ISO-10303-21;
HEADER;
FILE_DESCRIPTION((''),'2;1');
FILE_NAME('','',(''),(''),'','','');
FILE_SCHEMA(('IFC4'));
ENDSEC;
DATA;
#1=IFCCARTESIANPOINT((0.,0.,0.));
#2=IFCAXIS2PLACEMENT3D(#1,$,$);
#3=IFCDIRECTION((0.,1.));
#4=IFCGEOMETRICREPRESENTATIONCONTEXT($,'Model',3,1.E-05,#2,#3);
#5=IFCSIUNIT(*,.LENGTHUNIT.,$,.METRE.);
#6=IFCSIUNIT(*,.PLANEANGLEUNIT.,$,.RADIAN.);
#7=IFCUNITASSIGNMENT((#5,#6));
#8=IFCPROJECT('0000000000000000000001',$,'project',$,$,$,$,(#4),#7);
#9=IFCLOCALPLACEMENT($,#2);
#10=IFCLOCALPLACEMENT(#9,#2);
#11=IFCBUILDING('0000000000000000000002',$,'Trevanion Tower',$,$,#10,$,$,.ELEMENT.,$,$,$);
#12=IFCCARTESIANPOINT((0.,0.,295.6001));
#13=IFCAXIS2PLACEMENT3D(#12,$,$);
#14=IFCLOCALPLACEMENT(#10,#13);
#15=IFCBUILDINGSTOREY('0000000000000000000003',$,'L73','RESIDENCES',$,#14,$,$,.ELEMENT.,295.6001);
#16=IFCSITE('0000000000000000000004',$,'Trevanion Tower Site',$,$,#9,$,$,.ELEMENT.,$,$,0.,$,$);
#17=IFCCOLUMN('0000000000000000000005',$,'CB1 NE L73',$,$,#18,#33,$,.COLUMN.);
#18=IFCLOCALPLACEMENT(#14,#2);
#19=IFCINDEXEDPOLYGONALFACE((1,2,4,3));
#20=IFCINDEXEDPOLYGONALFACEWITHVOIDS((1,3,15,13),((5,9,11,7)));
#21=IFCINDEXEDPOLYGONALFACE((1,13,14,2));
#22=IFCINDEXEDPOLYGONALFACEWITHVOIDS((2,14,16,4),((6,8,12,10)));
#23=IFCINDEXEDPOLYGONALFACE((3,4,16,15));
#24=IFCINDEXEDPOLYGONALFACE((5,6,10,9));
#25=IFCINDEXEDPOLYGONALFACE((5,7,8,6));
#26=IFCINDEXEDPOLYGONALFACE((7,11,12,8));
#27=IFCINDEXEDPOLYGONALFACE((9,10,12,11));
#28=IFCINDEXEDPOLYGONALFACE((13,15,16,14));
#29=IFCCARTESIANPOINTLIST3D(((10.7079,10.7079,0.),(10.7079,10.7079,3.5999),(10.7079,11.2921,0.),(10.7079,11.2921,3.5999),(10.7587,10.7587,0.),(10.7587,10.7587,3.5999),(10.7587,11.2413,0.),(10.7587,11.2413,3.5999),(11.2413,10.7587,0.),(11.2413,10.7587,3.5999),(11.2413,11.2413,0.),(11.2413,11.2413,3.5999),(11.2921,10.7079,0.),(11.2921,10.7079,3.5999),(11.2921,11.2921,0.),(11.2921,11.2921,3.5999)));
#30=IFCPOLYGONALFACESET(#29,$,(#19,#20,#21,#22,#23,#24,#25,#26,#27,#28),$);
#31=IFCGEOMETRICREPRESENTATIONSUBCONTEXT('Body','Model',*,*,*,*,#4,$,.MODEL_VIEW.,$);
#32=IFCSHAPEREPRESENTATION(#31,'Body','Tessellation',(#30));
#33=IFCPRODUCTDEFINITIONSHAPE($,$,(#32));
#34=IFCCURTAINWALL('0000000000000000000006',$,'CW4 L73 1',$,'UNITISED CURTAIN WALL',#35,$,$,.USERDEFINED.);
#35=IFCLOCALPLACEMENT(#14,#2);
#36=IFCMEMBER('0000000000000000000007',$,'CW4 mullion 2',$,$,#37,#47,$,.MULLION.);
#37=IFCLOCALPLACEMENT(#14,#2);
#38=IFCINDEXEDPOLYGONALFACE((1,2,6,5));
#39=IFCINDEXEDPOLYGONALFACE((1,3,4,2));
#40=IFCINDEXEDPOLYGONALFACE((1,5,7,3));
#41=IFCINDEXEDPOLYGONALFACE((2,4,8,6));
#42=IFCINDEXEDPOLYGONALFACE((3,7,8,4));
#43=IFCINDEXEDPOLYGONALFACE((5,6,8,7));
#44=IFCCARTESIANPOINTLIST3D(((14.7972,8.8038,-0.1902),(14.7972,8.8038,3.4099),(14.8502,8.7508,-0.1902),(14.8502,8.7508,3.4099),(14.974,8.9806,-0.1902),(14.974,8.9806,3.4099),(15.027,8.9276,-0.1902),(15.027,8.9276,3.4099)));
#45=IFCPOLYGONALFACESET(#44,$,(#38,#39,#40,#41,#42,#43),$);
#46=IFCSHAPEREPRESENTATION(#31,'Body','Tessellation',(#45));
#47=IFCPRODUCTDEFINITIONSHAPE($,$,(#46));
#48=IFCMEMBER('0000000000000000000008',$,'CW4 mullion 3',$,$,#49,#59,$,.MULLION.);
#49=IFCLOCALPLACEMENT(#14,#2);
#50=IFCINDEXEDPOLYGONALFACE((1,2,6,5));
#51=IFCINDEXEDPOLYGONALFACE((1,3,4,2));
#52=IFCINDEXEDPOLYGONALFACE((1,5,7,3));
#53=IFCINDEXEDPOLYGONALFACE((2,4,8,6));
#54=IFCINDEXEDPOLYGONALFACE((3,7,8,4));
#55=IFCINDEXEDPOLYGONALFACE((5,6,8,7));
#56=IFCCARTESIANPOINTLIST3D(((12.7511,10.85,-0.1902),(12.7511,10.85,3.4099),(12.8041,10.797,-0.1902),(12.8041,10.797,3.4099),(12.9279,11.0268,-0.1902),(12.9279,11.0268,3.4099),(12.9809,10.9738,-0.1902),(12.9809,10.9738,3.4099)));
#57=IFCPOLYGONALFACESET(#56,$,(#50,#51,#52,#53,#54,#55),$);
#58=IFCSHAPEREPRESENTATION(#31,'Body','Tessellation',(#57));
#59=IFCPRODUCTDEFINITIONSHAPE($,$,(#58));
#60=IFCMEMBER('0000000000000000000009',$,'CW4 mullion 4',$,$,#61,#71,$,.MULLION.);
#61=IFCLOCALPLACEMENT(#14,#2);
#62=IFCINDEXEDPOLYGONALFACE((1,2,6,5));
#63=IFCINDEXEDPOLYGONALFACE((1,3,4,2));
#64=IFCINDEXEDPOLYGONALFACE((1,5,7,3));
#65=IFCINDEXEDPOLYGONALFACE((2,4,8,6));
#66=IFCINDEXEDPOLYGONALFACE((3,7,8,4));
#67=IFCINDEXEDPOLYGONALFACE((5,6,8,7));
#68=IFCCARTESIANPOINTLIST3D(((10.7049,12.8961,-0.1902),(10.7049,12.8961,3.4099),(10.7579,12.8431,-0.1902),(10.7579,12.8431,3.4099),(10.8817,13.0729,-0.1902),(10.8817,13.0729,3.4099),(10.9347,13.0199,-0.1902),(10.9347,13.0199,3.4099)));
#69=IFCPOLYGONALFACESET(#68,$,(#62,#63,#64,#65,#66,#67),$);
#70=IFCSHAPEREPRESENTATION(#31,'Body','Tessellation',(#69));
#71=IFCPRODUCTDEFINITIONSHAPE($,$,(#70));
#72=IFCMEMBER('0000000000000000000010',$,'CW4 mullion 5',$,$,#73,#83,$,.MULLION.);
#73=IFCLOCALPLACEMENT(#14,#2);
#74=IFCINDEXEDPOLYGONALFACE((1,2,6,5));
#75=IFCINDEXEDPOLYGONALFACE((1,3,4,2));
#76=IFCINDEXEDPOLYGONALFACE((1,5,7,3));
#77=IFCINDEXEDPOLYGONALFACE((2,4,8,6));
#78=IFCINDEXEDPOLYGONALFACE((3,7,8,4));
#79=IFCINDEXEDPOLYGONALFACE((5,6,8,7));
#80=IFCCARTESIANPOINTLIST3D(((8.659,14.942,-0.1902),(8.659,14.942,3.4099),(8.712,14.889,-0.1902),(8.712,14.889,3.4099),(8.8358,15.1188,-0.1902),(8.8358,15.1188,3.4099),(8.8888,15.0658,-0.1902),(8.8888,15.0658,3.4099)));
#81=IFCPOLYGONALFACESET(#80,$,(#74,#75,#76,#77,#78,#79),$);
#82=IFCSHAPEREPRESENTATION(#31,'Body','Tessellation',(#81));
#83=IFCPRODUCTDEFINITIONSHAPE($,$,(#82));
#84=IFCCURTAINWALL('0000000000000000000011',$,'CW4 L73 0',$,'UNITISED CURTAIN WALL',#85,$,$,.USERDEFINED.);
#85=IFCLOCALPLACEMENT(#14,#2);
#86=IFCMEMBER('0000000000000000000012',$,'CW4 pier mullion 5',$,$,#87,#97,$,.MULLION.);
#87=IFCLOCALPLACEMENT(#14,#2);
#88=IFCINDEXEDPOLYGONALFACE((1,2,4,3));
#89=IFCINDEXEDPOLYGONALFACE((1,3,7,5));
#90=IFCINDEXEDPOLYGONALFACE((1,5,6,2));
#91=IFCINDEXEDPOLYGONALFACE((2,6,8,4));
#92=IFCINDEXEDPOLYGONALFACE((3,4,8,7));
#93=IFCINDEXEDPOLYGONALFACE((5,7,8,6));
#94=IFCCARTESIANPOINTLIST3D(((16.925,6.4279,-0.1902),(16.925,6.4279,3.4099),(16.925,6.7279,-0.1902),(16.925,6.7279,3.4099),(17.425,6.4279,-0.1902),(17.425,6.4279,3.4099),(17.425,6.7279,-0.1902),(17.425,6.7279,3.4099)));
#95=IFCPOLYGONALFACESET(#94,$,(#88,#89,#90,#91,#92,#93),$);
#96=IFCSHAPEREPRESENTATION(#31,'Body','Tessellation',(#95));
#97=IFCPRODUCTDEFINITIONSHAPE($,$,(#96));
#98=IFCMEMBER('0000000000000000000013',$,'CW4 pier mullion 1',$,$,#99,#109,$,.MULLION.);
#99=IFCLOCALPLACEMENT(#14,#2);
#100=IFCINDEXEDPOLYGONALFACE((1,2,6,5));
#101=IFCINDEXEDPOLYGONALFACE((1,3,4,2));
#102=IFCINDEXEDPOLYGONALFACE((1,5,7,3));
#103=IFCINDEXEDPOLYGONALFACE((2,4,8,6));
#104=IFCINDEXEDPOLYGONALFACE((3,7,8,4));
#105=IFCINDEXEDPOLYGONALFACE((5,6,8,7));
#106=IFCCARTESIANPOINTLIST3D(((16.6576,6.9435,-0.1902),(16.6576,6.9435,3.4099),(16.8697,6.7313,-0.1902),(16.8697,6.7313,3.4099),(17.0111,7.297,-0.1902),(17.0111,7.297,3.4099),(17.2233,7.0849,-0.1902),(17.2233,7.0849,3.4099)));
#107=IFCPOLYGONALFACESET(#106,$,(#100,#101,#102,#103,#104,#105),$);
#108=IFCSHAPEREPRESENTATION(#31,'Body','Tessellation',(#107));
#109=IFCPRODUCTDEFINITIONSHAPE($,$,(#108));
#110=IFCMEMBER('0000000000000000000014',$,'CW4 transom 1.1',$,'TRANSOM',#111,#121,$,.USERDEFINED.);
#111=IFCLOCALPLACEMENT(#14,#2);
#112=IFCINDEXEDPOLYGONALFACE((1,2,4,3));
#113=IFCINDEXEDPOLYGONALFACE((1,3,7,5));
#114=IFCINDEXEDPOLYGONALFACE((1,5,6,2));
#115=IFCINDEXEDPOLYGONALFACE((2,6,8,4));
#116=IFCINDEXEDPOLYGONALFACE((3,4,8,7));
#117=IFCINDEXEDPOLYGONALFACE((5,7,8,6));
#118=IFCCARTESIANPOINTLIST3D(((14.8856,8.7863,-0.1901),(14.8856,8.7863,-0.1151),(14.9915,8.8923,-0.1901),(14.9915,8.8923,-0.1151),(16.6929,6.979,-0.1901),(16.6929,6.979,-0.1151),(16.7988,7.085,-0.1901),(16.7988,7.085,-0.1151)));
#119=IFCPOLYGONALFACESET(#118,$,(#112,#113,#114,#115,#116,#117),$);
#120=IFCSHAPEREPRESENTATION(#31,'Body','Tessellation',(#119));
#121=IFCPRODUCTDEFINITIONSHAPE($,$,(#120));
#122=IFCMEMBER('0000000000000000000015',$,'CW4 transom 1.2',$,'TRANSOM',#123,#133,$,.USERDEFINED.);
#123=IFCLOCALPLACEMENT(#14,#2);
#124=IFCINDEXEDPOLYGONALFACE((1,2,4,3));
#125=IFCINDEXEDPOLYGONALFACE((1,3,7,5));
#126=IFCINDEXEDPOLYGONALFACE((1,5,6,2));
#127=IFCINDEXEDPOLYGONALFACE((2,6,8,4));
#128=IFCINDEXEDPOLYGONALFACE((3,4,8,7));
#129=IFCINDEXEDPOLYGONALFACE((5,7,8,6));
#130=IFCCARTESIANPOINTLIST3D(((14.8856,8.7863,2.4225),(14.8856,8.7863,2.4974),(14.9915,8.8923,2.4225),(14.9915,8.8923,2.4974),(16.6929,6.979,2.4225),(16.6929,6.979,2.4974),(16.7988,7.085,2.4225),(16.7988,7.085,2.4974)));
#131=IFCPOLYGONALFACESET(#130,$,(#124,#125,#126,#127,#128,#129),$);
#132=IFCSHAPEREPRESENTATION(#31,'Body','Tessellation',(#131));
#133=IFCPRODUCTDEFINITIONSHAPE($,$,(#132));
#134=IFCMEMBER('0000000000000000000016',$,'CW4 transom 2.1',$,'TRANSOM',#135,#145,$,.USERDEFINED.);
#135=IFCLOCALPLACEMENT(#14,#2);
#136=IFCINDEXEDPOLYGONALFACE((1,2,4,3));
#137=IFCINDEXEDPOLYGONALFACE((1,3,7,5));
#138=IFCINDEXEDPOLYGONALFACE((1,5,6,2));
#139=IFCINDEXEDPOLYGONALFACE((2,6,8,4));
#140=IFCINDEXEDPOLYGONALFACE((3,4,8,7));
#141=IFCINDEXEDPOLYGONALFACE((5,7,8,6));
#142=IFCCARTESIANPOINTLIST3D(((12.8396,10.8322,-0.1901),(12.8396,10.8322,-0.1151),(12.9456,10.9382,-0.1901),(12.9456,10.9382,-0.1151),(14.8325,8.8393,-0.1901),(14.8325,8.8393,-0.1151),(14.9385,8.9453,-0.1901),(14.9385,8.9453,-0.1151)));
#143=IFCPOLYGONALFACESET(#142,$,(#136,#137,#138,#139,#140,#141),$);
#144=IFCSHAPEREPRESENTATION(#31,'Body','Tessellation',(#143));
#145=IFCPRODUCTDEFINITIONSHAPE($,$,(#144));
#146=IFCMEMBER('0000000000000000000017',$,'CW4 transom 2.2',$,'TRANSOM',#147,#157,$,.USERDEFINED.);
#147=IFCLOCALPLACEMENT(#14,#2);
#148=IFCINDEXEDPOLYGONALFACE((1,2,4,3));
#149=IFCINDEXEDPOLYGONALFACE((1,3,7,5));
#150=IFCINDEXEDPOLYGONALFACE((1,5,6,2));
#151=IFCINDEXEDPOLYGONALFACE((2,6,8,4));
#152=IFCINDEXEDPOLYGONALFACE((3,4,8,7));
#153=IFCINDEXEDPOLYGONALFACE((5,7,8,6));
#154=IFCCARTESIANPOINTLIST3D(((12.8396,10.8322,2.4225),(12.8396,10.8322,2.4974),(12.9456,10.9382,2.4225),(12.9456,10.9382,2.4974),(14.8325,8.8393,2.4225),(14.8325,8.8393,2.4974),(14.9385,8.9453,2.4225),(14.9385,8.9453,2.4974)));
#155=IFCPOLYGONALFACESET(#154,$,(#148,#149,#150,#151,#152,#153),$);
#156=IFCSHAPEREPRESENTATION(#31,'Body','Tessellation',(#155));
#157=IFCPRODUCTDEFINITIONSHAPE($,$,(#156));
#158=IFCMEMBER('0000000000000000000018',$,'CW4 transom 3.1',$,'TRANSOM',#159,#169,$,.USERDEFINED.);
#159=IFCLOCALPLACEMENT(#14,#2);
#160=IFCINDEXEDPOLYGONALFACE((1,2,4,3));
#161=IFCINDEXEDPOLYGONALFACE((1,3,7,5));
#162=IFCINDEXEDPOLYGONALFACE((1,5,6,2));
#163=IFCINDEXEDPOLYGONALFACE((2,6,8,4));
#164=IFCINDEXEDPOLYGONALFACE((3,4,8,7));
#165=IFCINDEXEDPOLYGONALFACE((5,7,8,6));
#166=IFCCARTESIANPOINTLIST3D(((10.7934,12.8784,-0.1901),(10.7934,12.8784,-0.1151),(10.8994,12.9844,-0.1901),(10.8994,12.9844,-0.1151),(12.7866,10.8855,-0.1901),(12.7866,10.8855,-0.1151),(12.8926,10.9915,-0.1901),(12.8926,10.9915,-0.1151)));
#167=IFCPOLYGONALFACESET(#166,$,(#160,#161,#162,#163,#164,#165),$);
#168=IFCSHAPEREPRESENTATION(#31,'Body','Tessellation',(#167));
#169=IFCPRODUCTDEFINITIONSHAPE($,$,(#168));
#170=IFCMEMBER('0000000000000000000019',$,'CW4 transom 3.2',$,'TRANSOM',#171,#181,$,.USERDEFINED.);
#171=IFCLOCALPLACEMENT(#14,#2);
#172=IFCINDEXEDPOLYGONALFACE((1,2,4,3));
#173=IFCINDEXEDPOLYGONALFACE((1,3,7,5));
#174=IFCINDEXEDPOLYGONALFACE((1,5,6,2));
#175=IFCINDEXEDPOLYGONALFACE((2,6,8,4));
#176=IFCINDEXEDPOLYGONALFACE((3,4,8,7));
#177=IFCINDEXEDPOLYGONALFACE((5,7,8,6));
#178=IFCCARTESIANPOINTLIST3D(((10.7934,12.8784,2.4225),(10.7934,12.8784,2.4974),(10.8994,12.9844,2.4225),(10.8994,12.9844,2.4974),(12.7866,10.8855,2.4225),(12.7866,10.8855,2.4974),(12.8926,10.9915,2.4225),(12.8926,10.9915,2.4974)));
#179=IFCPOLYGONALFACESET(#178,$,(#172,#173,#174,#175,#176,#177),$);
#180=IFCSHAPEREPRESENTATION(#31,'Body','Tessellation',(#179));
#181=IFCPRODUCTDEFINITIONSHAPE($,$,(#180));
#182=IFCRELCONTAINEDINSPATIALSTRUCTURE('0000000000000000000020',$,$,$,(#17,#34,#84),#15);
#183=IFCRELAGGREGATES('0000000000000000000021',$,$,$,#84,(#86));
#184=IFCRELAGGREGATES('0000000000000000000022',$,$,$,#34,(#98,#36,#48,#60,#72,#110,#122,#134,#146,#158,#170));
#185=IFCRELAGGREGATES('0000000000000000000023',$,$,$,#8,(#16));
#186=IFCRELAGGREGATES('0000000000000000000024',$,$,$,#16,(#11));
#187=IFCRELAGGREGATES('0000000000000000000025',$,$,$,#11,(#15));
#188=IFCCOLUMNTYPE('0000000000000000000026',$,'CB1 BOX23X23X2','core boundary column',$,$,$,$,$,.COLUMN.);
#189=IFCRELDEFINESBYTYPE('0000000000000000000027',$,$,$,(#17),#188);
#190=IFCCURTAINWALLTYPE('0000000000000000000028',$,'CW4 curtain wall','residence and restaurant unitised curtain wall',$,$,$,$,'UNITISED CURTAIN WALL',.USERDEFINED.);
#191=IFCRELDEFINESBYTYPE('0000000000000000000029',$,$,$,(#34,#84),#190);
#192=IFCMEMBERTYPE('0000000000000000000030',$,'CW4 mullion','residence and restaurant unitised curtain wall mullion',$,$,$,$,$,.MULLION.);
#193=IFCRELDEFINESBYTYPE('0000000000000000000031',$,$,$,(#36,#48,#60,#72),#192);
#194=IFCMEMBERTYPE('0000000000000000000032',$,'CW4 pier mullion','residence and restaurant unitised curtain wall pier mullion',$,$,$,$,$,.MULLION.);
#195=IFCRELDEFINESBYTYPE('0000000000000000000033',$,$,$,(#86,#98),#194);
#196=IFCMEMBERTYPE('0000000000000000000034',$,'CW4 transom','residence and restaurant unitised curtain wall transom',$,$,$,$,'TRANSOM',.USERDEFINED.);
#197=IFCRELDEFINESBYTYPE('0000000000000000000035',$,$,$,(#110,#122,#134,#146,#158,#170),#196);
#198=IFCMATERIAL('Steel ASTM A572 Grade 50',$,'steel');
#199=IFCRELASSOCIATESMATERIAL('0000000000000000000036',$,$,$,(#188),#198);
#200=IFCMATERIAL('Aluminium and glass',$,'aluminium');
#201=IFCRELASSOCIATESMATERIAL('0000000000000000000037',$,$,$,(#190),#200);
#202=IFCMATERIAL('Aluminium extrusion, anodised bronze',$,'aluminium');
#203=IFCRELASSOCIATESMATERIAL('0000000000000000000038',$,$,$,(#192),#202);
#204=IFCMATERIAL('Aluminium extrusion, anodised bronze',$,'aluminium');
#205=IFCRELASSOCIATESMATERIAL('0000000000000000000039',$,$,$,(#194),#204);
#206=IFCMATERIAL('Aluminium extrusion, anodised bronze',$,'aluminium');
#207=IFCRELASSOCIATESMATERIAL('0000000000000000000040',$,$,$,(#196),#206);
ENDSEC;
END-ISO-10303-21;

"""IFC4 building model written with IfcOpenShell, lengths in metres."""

from ifc_helpers import new_model, si_unit, direction, frame, origin, origin_2d, place, context, subcontext, project, spatial, rectangle, hollow_rectangle, extrude, material, material_profile, profile_set, type_object, element, aggregate, save


model = new_model("IFC4")

# Units and contexts
model_context = context("Model", 3, precision=1e-05, world=origin(), true_north=direction((0.0, 1.0)))
body_context = subcontext(model_context, "Body", "Model", "MODEL_VIEW")
ifc_project = project(units=[si_unit("LENGTHUNIT", "METRE"), si_unit("PLANEANGLEUNIT", "RADIAN")], contexts=[model_context])

# Site, building, storey
site_placement = place(None, origin())
site = spatial("IfcSite", under=ifc_project, at=site_placement, Name="Trevanion Tower Site", CompositionType="ELEMENT", RefElevation=0.0)
building_placement = place(site_placement, origin())
building = spatial("IfcBuilding", under=site, at=building_placement, Name="Trevanion Tower", CompositionType="ELEMENT")
storey_placement = place(building_placement, frame((0.0, 0.0, 295.6001)))
storey = spatial("IfcBuildingStorey", under=building, at=storey_placement, Name="L73", Description="RESIDENCES", CompositionType="ELEMENT", Elevation=295.6001)

# Column
ifc_material_1 = material(Name="Steel ASTM A572 Grade 50", Category="steel")
ifc_material_profile_1 = material_profile(ifc_material_1, hollow_rectangle(XDim=0.5842, YDim=0.5842, WallThickness=0.0508, at=origin_2d()), Name="BOX23X23X2")
ifc_profile_set_1 = profile_set([ifc_material_profile_1], Name="Steel ASTM A572 Grade 50")
column_type = type_object("IfcColumnType", Name="CB1 BOX23X23X2", Description="core boundary column", PredefinedType="COLUMN", material=ifc_profile_set_1)
column_placement = place(storey_placement, frame((11.0, 11.0, 0.0), z_axis=(0.0, 0.0, 1.0), x_axis=(1.0, 0.0, 0.0)))
element("IfcColumn", 1, at=column_placement, inside=storey, type_object=column_type, Name="CB1 NE L73", PredefinedType="COLUMN", context=body_context, shape_type="SweptSolid", body=[
    extrude(hollow_rectangle(XDim=0.5842, YDim=0.5842, WallThickness=0.0508, at=origin_2d()), origin(), (0.0, 0.0, 1.0), 3.5999),
])

# Curtain wall, members
ifc_material_2 = material(Name="Aluminium and glass", Category="aluminium")
curtain_wall_type = type_object("IfcCurtainWallType", Name="CW4 curtain wall", Description="residence and restaurant unitised curtain wall", ElementType="UNITISED CURTAIN WALL", PredefinedType="USERDEFINED", material=ifc_material_2)
curtain_wall_1_placement = place(storey_placement, origin())
curtain_wall_1 = element("IfcCurtainWall", 2, at=curtain_wall_1_placement, inside=storey, type_object=curtain_wall_type, Name="CW4 L73 1", ObjectType="UNITISED CURTAIN WALL", PredefinedType="USERDEFINED")
ifc_material_3 = material(Name="Aluminium extrusion, anodised bronze", Category="aluminium")
ifc_material_profile_2 = material_profile(ifc_material_3, rectangle(XDim=0.075, YDim=0.25, at=origin_2d()), Name="CW4 mullion")
ifc_profile_set_2 = profile_set([ifc_material_profile_2], Name="Aluminium extrusion, anodised bronze")
member_type_1 = type_object("IfcMemberType", Name="CW4 mullion", Description="residence and restaurant unitised curtain wall mullion", PredefinedType="MULLION", material=ifc_profile_set_2)
member_1_placement = place(storey_placement, frame((14.9121, 8.8657, -0.1902), z_axis=(0.0, 0.0, 1.0), x_axis=(-0.707107, 0.707107, 0.0)))
member_1 = element("IfcMember", 3, at=member_1_placement, type_object=member_type_1, Name="CW4 mullion 2", PredefinedType="MULLION", context=body_context, shape_type="SweptSolid", body=[
    extrude(rectangle(XDim=0.075, YDim=0.25, at=origin_2d()), origin(), (0.0, 0.0, 1.0), 3.6001),
])
member_2_placement = place(storey_placement, frame((12.866, 10.9119, -0.1902), z_axis=(0.0, 0.0, 1.0), x_axis=(-0.707107, 0.707107, 0.0)))
member_2 = element("IfcMember", 4, at=member_2_placement, type_object=member_type_1, Name="CW4 mullion 3", PredefinedType="MULLION", context=body_context, shape_type="SweptSolid", body=[
    extrude(rectangle(XDim=0.075, YDim=0.25, at=origin_2d()), origin(), (0.0, 0.0, 1.0), 3.6001),
])
member_3_placement = place(storey_placement, frame((10.8198, 12.958, -0.1902), z_axis=(0.0, 0.0, 1.0), x_axis=(-0.707107, 0.707107, 0.0)))
member_3 = element("IfcMember", 5, at=member_3_placement, type_object=member_type_1, Name="CW4 mullion 4", PredefinedType="MULLION", context=body_context, shape_type="SweptSolid", body=[
    extrude(rectangle(XDim=0.075, YDim=0.25, at=origin_2d()), origin(), (0.0, 0.0, 1.0), 3.6001),
])
member_4_placement = place(storey_placement, frame((8.7739, 15.0039, -0.1902), z_axis=(0.0, 0.0, 1.0), x_axis=(-0.707107, 0.707107, 0.0)))
member_4 = element("IfcMember", 6, at=member_4_placement, type_object=member_type_1, Name="CW4 mullion 5", PredefinedType="MULLION", context=body_context, shape_type="SweptSolid", body=[
    extrude(rectangle(XDim=0.075, YDim=0.25, at=origin_2d()), origin(), (0.0, 0.0, 1.0), 3.6001),
])

# Curtain wall, member
curtain_wall_2_placement = place(storey_placement, origin())
curtain_wall_2 = element("IfcCurtainWall", 7, at=curtain_wall_2_placement, inside=storey, type_object=curtain_wall_type, Name="CW4 L73 0", ObjectType="UNITISED CURTAIN WALL", PredefinedType="USERDEFINED")
ifc_material_4 = material(Name="Aluminium extrusion, anodised bronze", Category="aluminium")
ifc_material_profile_3 = material_profile(ifc_material_4, rectangle(XDim=0.3, YDim=0.5, at=origin_2d()), Name="CW4 pier mullion")
ifc_profile_set_3 = profile_set([ifc_material_profile_3], Name="Aluminium extrusion, anodised bronze")
member_type_2 = type_object("IfcMemberType", Name="CW4 pier mullion", Description="residence and restaurant unitised curtain wall pier mullion", PredefinedType="MULLION", material=ifc_profile_set_3)
member_5_placement = place(storey_placement, frame((17.175, 6.5779, -0.1902), z_axis=(0.0, 0.0, 1.0), x_axis=(0.0, 1.0, 0.0)))
member_5 = element("IfcMember", 8, at=member_5_placement, type_object=member_type_2, Name="CW4 pier mullion 5", PredefinedType="MULLION", context=body_context, shape_type="SweptSolid", body=[
    extrude(rectangle(XDim=0.3, YDim=0.5, at=origin_2d()), origin(), (0.0, 0.0, 1.0), 3.6001),
])
aggregate(curtain_wall_2, [member_5])

# Members
member_6_placement = place(storey_placement, frame((16.9404, 7.0142, -0.1902), z_axis=(0.0, 0.0, 1.0), x_axis=(-0.707107, 0.707107, 0.0)))
member_6 = element("IfcMember", 9, at=member_6_placement, type_object=member_type_2, Name="CW4 pier mullion 1", PredefinedType="MULLION", context=body_context, shape_type="SweptSolid", body=[
    extrude(rectangle(XDim=0.3, YDim=0.5, at=origin_2d()), origin(), (0.0, 0.0, 1.0), 3.6001),
])
ifc_material_5 = material(Name="Aluminium extrusion, anodised bronze", Category="aluminium")
ifc_material_profile_4 = material_profile(ifc_material_5, rectangle(XDim=0.1499, YDim=0.075, at=origin_2d()), Name="CW4 transom")
ifc_profile_set_4 = profile_set([ifc_material_profile_4], Name="Aluminium extrusion, anodised bronze")
member_type_3 = type_object("IfcMemberType", Name="CW4 transom", Description="residence and restaurant unitised curtain wall transom", ElementType="TRANSOM", PredefinedType="USERDEFINED", material=ifc_profile_set_4)
member_7_placement = place(storey_placement, frame((16.7458, 7.032, -0.1526), z_axis=(-0.707107, 0.707107, 0.0), x_axis=(-0.707107, -0.707107, 0.0)))
member_7 = element("IfcMember", 10, at=member_7_placement, type_object=member_type_3, Name="CW4 transom 1.1", ObjectType="TRANSOM", PredefinedType="USERDEFINED", context=body_context, shape_type="SweptSolid", body=[
    extrude(rectangle(XDim=0.1499, YDim=0.075, at=origin_2d()), origin(), (0.0, 0.0, 1.0), 2.5559),
])
member_8_placement = place(storey_placement, frame((16.7458, 7.032, 2.46), z_axis=(-0.707107, 0.707107, 0.0), x_axis=(-0.707107, -0.707107, 0.0)))
member_8 = element("IfcMember", 11, at=member_8_placement, type_object=member_type_3, Name="CW4 transom 1.2", ObjectType="TRANSOM", PredefinedType="USERDEFINED", context=body_context, shape_type="SweptSolid", body=[
    extrude(rectangle(XDim=0.1499, YDim=0.075, at=origin_2d()), origin(), (0.0, 0.0, 1.0), 2.5559),
])
member_9_placement = place(storey_placement, frame((14.8855, 8.8923, -0.1526), z_axis=(-0.707107, 0.707107, 0.0), x_axis=(-0.707107, -0.707107, 0.0)))
member_9 = element("IfcMember", 12, at=member_9_placement, type_object=member_type_3, Name="CW4 transom 2.1", ObjectType="TRANSOM", PredefinedType="USERDEFINED", context=body_context, shape_type="SweptSolid", body=[
    extrude(rectangle(XDim=0.1499, YDim=0.075, at=origin_2d()), origin(), (0.0, 0.0, 1.0), 2.8184),
])
member_10_placement = place(storey_placement, frame((14.8855, 8.8923, 2.46), z_axis=(-0.707107, 0.707107, 0.0), x_axis=(-0.707107, -0.707107, 0.0)))
member_10 = element("IfcMember", 13, at=member_10_placement, type_object=member_type_3, Name="CW4 transom 2.2", ObjectType="TRANSOM", PredefinedType="USERDEFINED", context=body_context, shape_type="SweptSolid", body=[
    extrude(rectangle(XDim=0.1499, YDim=0.075, at=origin_2d()), origin(), (0.0, 0.0, 1.0), 2.8184),
])
member_11_placement = place(storey_placement, frame((12.8396, 10.9385, -0.1526), z_axis=(-0.70715, 0.707063, 0.0), x_axis=(-0.707063, -0.70715, 0.0)))
member_11 = element("IfcMember", 14, at=member_11_placement, type_object=member_type_3, Name="CW4 transom 3.1", ObjectType="TRANSOM", PredefinedType="USERDEFINED", context=body_context, shape_type="SweptSolid", body=[
    extrude(rectangle(XDim=0.1499, YDim=0.075, at=origin_2d()), origin(), (0.0, 0.0, 1.0), 2.8186),
])
member_12_placement = place(storey_placement, frame((12.8396, 10.9385, 2.46), z_axis=(-0.70715, 0.707063, 0.0), x_axis=(-0.707063, -0.70715, 0.0)))
member_12 = element("IfcMember", 15, at=member_12_placement, type_object=member_type_3, Name="CW4 transom 3.2", ObjectType="TRANSOM", PredefinedType="USERDEFINED", context=body_context, shape_type="SweptSolid", body=[
    extrude(rectangle(XDim=0.1499, YDim=0.075, at=origin_2d()), origin(), (0.0, 0.0, 1.0), 2.8186),
])

aggregate(curtain_wall_1, [member_6, member_1, member_2, member_3, member_4, member_7, member_8, member_9, member_10, member_11, member_12])

save(model, "model.ifc")
